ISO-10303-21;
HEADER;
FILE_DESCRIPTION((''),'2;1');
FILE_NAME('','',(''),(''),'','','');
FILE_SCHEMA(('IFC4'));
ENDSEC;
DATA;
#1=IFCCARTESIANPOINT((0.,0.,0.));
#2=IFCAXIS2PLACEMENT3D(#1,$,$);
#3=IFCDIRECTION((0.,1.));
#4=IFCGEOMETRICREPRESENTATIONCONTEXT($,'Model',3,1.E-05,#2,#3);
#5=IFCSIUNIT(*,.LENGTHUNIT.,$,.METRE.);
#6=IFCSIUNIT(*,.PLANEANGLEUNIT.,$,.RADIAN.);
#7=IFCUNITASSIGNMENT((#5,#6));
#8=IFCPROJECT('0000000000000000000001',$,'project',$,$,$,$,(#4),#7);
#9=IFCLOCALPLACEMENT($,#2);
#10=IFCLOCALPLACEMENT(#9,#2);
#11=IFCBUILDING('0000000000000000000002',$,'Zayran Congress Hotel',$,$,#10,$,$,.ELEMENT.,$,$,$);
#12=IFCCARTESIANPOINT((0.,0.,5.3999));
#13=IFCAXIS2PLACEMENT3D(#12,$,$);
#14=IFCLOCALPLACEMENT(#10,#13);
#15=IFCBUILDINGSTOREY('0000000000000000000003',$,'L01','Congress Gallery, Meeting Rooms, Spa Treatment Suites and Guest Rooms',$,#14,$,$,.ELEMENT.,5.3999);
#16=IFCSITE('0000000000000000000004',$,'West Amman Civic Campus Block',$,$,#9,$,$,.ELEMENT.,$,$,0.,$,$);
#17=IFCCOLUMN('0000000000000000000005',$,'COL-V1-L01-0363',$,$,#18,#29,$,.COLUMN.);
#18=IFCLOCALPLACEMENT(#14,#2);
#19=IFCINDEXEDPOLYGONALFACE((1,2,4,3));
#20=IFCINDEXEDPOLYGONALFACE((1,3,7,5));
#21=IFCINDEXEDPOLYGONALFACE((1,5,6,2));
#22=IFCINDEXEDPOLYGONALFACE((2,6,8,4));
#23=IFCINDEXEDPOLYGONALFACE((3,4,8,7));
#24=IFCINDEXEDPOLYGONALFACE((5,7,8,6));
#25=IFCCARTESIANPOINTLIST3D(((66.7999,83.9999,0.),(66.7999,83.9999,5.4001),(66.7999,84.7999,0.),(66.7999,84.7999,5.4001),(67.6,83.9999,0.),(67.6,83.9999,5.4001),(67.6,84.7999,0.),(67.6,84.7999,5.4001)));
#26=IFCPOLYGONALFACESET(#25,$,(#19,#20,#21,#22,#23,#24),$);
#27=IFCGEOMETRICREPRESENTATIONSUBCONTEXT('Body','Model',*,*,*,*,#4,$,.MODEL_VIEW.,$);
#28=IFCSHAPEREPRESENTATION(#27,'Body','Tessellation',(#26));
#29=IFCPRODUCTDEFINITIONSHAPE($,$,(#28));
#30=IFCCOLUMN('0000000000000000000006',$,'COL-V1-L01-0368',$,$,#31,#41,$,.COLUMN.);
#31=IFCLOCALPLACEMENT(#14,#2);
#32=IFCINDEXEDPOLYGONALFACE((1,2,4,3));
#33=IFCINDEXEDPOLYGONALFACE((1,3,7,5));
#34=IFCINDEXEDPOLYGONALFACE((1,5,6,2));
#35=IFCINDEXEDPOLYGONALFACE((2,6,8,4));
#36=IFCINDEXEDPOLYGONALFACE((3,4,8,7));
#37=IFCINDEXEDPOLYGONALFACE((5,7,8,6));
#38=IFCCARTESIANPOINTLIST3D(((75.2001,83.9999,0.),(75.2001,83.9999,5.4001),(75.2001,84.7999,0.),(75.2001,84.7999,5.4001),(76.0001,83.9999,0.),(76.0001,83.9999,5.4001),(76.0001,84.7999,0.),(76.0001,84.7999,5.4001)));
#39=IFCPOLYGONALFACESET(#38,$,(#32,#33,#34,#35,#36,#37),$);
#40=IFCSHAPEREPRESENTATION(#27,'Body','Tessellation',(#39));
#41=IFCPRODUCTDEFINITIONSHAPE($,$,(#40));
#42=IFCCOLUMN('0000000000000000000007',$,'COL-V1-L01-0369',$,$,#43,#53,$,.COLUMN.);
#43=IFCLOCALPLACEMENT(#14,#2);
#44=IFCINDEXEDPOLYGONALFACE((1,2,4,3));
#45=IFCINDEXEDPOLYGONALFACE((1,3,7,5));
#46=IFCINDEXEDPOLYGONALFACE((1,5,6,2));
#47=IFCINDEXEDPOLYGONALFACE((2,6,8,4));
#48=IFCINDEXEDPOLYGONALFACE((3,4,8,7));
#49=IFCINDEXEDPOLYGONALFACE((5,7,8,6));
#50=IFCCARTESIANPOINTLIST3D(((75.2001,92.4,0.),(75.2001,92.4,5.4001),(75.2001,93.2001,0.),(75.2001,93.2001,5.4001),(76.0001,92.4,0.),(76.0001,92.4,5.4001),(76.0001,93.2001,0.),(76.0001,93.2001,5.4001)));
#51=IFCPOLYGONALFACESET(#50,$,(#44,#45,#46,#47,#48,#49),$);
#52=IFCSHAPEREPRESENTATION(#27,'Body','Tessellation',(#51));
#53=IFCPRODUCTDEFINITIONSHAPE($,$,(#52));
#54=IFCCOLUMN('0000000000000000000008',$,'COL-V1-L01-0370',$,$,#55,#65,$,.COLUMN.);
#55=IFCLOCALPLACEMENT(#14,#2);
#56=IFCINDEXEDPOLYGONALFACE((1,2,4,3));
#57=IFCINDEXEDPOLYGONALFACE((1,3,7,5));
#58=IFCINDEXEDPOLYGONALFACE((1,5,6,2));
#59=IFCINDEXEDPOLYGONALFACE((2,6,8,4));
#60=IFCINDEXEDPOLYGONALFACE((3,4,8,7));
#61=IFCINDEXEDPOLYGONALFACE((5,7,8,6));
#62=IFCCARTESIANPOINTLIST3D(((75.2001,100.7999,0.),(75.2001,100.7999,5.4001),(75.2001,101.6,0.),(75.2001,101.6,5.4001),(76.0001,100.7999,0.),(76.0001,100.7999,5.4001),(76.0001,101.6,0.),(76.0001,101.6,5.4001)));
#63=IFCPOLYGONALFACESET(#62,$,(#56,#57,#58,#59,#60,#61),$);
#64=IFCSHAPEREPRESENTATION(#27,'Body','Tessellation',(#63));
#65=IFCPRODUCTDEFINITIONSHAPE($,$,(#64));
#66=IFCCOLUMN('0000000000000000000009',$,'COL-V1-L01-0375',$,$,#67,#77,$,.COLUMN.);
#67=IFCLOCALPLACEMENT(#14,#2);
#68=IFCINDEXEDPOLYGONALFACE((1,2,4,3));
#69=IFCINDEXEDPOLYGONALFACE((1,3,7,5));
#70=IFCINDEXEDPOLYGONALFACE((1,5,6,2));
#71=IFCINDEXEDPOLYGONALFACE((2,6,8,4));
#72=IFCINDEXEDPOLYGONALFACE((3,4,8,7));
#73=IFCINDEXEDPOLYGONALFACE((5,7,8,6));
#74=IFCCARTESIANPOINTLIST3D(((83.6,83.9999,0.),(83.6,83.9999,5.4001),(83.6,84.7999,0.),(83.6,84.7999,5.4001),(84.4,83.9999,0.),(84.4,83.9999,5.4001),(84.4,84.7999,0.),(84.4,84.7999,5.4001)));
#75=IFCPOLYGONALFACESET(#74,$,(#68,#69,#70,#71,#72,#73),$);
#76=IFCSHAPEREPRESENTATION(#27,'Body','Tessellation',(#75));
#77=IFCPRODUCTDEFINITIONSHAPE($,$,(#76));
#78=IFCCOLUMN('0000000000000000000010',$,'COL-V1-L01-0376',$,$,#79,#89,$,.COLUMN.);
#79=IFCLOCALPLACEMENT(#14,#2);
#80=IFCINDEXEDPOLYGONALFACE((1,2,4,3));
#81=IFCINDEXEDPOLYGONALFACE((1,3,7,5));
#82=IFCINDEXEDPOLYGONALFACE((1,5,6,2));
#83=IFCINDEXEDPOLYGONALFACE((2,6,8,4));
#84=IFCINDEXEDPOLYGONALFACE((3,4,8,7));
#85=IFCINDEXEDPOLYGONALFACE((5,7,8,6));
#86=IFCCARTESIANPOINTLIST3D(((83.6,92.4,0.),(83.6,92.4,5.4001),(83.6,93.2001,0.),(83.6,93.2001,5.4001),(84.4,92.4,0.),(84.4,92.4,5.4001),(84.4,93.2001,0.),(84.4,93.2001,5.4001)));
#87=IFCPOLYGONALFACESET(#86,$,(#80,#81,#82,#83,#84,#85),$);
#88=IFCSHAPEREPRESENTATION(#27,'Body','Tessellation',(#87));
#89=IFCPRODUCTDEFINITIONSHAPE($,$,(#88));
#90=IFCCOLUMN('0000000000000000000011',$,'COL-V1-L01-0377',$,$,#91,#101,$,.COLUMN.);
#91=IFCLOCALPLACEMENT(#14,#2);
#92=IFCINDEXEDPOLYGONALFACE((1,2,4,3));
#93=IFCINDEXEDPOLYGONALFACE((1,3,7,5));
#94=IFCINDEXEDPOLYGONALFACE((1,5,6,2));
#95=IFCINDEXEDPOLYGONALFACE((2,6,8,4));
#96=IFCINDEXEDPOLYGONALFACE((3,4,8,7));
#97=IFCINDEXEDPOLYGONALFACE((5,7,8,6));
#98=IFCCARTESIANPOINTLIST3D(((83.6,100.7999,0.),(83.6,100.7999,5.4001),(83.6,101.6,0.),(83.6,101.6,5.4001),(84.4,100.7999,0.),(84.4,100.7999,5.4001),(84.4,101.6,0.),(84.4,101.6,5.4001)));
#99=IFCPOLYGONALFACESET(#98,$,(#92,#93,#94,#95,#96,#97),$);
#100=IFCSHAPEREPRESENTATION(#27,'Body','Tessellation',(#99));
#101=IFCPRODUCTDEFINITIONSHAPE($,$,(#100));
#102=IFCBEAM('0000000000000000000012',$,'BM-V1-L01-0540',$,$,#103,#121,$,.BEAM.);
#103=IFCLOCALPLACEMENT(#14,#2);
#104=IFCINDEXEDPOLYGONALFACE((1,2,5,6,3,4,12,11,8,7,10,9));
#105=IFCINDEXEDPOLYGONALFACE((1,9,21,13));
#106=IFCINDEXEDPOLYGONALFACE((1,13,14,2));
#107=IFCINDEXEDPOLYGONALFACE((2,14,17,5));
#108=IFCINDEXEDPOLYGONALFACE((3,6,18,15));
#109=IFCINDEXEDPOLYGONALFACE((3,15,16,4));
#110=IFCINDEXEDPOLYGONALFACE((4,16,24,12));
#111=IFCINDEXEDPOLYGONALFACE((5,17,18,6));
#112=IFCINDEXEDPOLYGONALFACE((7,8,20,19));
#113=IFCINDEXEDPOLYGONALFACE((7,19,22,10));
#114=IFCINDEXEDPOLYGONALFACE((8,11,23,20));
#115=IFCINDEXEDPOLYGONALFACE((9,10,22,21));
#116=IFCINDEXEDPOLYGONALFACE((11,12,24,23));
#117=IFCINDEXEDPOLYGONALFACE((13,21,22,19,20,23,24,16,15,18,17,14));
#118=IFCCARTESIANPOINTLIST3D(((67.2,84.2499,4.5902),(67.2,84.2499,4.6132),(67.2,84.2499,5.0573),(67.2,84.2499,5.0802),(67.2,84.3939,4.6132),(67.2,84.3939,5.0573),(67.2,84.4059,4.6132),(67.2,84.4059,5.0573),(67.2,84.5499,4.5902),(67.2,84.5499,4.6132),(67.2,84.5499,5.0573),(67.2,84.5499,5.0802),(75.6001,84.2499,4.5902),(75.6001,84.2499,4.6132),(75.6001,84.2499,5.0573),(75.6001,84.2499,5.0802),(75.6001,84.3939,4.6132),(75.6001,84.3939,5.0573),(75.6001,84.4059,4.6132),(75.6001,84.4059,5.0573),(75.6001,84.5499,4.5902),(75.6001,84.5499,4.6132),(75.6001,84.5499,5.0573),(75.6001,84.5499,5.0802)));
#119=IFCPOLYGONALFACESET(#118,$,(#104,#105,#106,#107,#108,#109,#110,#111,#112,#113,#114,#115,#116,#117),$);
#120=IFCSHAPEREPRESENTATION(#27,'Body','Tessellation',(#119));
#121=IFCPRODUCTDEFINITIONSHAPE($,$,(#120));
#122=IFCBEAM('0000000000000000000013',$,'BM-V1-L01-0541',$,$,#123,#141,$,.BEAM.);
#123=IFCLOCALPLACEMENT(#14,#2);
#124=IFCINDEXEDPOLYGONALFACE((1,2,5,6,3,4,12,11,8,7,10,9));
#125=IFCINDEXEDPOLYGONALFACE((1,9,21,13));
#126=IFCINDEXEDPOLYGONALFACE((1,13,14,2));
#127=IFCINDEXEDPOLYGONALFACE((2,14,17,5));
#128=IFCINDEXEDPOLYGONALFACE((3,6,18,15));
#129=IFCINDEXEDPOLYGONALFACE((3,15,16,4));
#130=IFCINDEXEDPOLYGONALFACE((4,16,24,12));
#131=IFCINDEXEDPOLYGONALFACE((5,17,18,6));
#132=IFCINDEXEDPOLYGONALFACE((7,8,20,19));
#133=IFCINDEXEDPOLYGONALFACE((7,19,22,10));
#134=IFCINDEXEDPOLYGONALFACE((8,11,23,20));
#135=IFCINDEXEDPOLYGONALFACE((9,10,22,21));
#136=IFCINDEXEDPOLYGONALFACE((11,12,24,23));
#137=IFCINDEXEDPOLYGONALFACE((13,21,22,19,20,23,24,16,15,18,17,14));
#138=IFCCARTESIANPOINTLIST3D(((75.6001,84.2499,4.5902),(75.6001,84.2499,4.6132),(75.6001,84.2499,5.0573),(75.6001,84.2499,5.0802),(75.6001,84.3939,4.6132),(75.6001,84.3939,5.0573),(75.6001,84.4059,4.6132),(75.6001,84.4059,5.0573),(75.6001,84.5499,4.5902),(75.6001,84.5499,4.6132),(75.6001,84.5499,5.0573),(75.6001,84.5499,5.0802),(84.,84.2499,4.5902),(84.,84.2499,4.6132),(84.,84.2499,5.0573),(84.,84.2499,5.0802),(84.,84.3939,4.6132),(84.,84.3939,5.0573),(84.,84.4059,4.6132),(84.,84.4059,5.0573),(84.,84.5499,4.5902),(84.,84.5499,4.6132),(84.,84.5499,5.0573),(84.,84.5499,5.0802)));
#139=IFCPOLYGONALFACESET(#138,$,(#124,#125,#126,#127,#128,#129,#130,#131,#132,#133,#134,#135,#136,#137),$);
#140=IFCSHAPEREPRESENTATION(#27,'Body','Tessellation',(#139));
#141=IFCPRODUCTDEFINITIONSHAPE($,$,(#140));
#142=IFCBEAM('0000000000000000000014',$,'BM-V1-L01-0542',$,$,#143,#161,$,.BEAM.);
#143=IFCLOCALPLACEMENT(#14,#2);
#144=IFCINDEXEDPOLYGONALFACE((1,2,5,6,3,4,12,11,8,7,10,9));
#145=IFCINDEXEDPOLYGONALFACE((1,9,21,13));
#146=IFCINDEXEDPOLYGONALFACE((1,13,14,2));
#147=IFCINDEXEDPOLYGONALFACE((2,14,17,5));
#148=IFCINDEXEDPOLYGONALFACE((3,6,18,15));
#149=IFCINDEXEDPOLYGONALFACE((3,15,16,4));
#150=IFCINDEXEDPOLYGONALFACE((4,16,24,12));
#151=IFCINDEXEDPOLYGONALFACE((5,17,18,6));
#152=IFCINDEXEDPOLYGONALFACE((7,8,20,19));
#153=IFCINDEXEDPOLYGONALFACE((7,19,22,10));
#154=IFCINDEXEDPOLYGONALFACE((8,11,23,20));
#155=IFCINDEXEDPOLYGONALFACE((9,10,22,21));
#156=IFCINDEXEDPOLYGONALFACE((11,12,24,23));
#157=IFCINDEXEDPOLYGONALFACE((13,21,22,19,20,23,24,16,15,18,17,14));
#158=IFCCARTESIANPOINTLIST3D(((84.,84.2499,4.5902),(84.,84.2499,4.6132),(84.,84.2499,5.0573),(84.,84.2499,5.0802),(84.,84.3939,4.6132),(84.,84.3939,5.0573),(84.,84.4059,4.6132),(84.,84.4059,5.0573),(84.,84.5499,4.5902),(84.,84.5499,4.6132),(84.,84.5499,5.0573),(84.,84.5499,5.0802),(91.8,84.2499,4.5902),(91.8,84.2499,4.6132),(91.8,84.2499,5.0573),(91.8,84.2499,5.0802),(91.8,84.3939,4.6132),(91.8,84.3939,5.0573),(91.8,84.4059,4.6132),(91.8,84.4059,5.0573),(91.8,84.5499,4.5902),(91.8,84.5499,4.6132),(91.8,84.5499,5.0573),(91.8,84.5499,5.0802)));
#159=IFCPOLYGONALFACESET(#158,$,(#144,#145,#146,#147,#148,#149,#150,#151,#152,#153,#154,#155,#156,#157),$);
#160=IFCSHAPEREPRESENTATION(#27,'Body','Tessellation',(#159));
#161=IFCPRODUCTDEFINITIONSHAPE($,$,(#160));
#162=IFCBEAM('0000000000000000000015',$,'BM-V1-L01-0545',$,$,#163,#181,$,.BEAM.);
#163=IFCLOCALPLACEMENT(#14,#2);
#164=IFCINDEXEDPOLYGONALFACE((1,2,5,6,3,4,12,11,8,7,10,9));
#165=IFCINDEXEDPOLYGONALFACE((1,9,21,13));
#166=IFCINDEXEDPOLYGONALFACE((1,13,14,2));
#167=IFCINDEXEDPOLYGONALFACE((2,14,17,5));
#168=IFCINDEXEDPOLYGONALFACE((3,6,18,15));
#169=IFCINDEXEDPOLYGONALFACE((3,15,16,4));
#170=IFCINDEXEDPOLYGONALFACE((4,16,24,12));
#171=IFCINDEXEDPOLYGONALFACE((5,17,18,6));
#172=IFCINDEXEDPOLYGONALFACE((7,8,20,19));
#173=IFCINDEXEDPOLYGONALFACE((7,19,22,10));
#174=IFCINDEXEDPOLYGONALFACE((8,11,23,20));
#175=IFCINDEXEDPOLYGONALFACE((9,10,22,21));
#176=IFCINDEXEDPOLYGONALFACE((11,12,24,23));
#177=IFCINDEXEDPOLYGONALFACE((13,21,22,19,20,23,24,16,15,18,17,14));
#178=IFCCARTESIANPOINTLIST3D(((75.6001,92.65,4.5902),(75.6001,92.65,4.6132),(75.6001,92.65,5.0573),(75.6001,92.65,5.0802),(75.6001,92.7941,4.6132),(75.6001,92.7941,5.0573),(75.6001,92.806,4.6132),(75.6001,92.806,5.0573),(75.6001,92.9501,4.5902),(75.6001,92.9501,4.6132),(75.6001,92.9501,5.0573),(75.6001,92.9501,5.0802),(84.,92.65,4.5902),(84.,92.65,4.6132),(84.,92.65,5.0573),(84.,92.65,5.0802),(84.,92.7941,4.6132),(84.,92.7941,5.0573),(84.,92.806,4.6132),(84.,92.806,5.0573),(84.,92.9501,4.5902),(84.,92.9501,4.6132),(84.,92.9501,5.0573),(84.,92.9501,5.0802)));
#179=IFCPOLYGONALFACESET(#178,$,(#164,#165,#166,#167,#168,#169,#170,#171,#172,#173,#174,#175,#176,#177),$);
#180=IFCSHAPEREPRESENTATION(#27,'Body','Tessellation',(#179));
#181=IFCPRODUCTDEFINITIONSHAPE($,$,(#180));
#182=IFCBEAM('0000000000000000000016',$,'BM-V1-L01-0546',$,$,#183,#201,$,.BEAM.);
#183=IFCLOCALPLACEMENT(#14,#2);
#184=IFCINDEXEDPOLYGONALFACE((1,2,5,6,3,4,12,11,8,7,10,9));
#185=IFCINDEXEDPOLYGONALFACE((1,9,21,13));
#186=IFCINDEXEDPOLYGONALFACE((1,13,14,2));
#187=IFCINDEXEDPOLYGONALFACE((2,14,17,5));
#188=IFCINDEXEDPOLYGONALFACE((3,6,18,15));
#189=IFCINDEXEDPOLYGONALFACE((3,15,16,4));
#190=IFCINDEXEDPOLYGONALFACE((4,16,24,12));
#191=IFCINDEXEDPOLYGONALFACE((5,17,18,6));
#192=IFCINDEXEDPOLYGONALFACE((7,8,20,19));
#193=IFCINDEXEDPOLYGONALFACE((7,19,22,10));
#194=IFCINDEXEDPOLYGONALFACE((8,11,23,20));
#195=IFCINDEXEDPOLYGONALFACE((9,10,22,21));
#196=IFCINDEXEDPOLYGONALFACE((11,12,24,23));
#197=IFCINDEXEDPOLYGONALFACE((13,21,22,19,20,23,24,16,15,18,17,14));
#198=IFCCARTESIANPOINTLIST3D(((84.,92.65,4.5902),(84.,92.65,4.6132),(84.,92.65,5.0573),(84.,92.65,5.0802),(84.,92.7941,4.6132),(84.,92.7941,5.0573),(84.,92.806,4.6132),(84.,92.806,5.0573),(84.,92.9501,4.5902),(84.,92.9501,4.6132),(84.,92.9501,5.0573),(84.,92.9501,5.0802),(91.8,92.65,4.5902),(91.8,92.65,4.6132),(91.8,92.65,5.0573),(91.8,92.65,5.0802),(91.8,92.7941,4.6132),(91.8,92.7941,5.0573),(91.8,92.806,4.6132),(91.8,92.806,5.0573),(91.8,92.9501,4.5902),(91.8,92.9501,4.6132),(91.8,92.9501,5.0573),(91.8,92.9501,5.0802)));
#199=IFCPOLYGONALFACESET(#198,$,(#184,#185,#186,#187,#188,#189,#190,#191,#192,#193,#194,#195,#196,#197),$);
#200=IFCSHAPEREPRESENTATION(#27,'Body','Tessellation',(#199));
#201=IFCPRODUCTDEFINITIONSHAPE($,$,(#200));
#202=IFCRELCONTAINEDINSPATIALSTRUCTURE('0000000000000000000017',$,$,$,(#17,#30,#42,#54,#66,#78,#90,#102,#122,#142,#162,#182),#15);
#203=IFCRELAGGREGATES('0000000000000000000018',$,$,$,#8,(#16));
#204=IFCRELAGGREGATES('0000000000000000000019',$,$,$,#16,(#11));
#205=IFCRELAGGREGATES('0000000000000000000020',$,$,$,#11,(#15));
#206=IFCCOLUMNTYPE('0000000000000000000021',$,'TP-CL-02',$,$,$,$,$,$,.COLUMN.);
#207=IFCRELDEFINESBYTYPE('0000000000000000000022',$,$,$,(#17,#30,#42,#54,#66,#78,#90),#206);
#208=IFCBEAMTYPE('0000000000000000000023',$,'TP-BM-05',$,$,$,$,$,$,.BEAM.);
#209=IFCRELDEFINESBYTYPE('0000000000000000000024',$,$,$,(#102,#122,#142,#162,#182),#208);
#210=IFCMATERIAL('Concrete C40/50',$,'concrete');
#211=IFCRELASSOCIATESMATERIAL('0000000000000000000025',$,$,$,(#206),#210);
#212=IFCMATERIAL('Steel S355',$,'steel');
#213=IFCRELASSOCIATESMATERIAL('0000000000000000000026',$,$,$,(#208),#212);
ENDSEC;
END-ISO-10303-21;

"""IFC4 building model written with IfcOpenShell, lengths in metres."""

from ifc_helpers import new_model, si_unit, direction, frame, origin, origin_2d, place, context, subcontext, project, spatial, rectangle, i_section, extrude, material, material_profile, profile_set, type_object, element, save


model = new_model("IFC4")

# Units and contexts
model_context = context("Model", 3, precision=1e-05, world=origin(), true_north=direction((0.0, 1.0)))
body_context = subcontext(model_context, "Body", "Model", "MODEL_VIEW")
ifc_project = project(units=[si_unit("LENGTHUNIT", "METRE"), si_unit("PLANEANGLEUNIT", "RADIAN")], contexts=[model_context])

# Site, building, storey
site_placement = place(None, origin())
site = spatial("IfcSite", under=ifc_project, at=site_placement, Name="West Amman Civic Campus Block", CompositionType="ELEMENT", RefElevation=0.0)
building_placement = place(site_placement, origin())
building = spatial("IfcBuilding", under=site, at=building_placement, Name="Zayran Congress Hotel", CompositionType="ELEMENT")
storey_placement = place(building_placement, frame((0.0, 0.0, 5.3999)))
storey = spatial("IfcBuildingStorey", under=building, at=storey_placement, Name="L01", Description="Congress Gallery, Meeting Rooms, Spa Treatment Suites and Guest Rooms", CompositionType="ELEMENT", Elevation=5.3999)

# Columns
ifc_material_1 = material(Name="Concrete C40/50", Category="concrete")
ifc_material_profile_1 = material_profile(ifc_material_1, rectangle(XDim=0.8, YDim=0.8, at=origin_2d()), Name="RC 800x800")
ifc_profile_set_1 = profile_set([ifc_material_profile_1], Name="Concrete C40/50")
column_type = type_object("IfcColumnType", Name="TP-CL-02", PredefinedType="COLUMN", material=ifc_profile_set_1)
for number, where, z_axis, x_axis, name in (
    (1, (67.2, 84.3999, 0.0), (0.0, 0.0, 1.0), (1.0, 0.0, 0.0), "COL-V1-L01-0363"),
    (2, (75.6001, 84.3999, 0.0), (0.0, 0.0, 1.0), (1.0, 0.0, 0.0), "COL-V1-L01-0368"),
    (3, (75.6001, 92.8, 0.0), (0.0, 0.0, 1.0), (1.0, 0.0, 0.0), "COL-V1-L01-0369"),
    (4, (75.6001, 101.2, 0.0), (0.0, 0.0, 1.0), (1.0, 0.0, 0.0), "COL-V1-L01-0370"),
    (5, (84.0, 84.3999, 0.0), (0.0, 0.0, 1.0), (1.0, 0.0, 0.0), "COL-V1-L01-0375"),
    (6, (84.0, 92.8, 0.0), (0.0, 0.0, 1.0), (1.0, 0.0, 0.0), "COL-V1-L01-0376"),
    (7, (84.0, 101.2, 0.0), (0.0, 0.0, 1.0), (1.0, 0.0, 0.0), "COL-V1-L01-0377"),
):
    element("IfcColumn", number, at=place(storey_placement, frame(where, z_axis=z_axis, x_axis=x_axis)), inside=storey, type_object=column_type, Name=name, PredefinedType="COLUMN", context=body_context, shape_type="SweptSolid", body=[
        extrude(rectangle(XDim=0.8, YDim=0.8, at=origin_2d()), origin(), (0.0, 0.0, 1.0), 5.4001),
    ])

# Beams
ifc_material_2 = material(Name="Steel S355", Category="steel")
ifc_material_profile_2 = material_profile(ifc_material_2, i_section(OverallWidth=0.3, OverallDepth=0.49, WebThickness=0.012, FlangeThickness=0.0229, at=origin_2d()), Name="HEA 500")
ifc_profile_set_2 = profile_set([ifc_material_profile_2], Name="Steel S355")
beam_type_1 = type_object("IfcBeamType", Name="TP-BM-05", PredefinedType="BEAM", material=ifc_profile_set_2)
beam_1_placement = place(storey_placement, frame((67.2, 84.3999, 4.8352), z_axis=(1.0, 0.0, 0.0), x_axis=(0.0, 1.0, 0.0)))
element("IfcBeam", 8, at=beam_1_placement, inside=storey, type_object=beam_type_1, Name="BM-V1-L01-0540", PredefinedType="BEAM", context=body_context, shape_type="SweptSolid", body=[
    extrude(i_section(OverallWidth=0.3, OverallDepth=0.49, WebThickness=0.012, FlangeThickness=0.0229, at=origin_2d()), origin(), (0.0, 0.0, 1.0), 8.4001),
])
beam_2_placement = place(storey_placement, frame((75.6001, 84.3999, 4.8352), z_axis=(1.0, 0.0, 0.0), x_axis=(0.0, 1.0, 0.0)))
element("IfcBeam", 9, at=beam_2_placement, inside=storey, type_object=beam_type_1, Name="BM-V1-L01-0541", PredefinedType="BEAM", context=body_context, shape_type="SweptSolid", body=[
    extrude(i_section(OverallWidth=0.3, OverallDepth=0.49, WebThickness=0.012, FlangeThickness=0.0229, at=origin_2d()), origin(), (0.0, 0.0, 1.0), 8.3999),
])
beam_3_placement = place(storey_placement, frame((84.0, 84.3999, 4.8352), z_axis=(1.0, 0.0, 0.0), x_axis=(0.0, 1.0, 0.0)))
element("IfcBeam", 10, at=beam_3_placement, inside=storey, type_object=beam_type_1, Name="BM-V1-L01-0542", PredefinedType="BEAM", context=body_context, shape_type="SweptSolid", body=[
    extrude(i_section(OverallWidth=0.3, OverallDepth=0.49, WebThickness=0.012, FlangeThickness=0.0229, at=origin_2d()), origin(), (0.0, 0.0, 1.0), 7.8),
])
beam_4_placement = place(storey_placement, frame((75.6001, 92.8, 4.8352), z_axis=(1.0, 0.0, 0.0), x_axis=(0.0, 1.0, 0.0)))
element("IfcBeam", 11, at=beam_4_placement, inside=storey, type_object=beam_type_1, Name="BM-V1-L01-0545", PredefinedType="BEAM", context=body_context, shape_type="SweptSolid", body=[
    extrude(i_section(OverallWidth=0.3, OverallDepth=0.49, WebThickness=0.012, FlangeThickness=0.0229, at=origin_2d()), origin(), (0.0, 0.0, 1.0), 8.3999),
])
beam_5_placement = place(storey_placement, frame((84.0, 92.8, 4.8352), z_axis=(1.0, 0.0, 0.0), x_axis=(0.0, 1.0, 0.0)))
element("IfcBeam", 12, at=beam_5_placement, inside=storey, type_object=beam_type_1, Name="BM-V1-L01-0546", PredefinedType="BEAM", context=body_context, shape_type="SweptSolid", body=[
    extrude(i_section(OverallWidth=0.3, OverallDepth=0.49, WebThickness=0.012, FlangeThickness=0.0229, at=origin_2d()), origin(), (0.0, 0.0, 1.0), 7.8),
])

save(model, "model.ifc")
